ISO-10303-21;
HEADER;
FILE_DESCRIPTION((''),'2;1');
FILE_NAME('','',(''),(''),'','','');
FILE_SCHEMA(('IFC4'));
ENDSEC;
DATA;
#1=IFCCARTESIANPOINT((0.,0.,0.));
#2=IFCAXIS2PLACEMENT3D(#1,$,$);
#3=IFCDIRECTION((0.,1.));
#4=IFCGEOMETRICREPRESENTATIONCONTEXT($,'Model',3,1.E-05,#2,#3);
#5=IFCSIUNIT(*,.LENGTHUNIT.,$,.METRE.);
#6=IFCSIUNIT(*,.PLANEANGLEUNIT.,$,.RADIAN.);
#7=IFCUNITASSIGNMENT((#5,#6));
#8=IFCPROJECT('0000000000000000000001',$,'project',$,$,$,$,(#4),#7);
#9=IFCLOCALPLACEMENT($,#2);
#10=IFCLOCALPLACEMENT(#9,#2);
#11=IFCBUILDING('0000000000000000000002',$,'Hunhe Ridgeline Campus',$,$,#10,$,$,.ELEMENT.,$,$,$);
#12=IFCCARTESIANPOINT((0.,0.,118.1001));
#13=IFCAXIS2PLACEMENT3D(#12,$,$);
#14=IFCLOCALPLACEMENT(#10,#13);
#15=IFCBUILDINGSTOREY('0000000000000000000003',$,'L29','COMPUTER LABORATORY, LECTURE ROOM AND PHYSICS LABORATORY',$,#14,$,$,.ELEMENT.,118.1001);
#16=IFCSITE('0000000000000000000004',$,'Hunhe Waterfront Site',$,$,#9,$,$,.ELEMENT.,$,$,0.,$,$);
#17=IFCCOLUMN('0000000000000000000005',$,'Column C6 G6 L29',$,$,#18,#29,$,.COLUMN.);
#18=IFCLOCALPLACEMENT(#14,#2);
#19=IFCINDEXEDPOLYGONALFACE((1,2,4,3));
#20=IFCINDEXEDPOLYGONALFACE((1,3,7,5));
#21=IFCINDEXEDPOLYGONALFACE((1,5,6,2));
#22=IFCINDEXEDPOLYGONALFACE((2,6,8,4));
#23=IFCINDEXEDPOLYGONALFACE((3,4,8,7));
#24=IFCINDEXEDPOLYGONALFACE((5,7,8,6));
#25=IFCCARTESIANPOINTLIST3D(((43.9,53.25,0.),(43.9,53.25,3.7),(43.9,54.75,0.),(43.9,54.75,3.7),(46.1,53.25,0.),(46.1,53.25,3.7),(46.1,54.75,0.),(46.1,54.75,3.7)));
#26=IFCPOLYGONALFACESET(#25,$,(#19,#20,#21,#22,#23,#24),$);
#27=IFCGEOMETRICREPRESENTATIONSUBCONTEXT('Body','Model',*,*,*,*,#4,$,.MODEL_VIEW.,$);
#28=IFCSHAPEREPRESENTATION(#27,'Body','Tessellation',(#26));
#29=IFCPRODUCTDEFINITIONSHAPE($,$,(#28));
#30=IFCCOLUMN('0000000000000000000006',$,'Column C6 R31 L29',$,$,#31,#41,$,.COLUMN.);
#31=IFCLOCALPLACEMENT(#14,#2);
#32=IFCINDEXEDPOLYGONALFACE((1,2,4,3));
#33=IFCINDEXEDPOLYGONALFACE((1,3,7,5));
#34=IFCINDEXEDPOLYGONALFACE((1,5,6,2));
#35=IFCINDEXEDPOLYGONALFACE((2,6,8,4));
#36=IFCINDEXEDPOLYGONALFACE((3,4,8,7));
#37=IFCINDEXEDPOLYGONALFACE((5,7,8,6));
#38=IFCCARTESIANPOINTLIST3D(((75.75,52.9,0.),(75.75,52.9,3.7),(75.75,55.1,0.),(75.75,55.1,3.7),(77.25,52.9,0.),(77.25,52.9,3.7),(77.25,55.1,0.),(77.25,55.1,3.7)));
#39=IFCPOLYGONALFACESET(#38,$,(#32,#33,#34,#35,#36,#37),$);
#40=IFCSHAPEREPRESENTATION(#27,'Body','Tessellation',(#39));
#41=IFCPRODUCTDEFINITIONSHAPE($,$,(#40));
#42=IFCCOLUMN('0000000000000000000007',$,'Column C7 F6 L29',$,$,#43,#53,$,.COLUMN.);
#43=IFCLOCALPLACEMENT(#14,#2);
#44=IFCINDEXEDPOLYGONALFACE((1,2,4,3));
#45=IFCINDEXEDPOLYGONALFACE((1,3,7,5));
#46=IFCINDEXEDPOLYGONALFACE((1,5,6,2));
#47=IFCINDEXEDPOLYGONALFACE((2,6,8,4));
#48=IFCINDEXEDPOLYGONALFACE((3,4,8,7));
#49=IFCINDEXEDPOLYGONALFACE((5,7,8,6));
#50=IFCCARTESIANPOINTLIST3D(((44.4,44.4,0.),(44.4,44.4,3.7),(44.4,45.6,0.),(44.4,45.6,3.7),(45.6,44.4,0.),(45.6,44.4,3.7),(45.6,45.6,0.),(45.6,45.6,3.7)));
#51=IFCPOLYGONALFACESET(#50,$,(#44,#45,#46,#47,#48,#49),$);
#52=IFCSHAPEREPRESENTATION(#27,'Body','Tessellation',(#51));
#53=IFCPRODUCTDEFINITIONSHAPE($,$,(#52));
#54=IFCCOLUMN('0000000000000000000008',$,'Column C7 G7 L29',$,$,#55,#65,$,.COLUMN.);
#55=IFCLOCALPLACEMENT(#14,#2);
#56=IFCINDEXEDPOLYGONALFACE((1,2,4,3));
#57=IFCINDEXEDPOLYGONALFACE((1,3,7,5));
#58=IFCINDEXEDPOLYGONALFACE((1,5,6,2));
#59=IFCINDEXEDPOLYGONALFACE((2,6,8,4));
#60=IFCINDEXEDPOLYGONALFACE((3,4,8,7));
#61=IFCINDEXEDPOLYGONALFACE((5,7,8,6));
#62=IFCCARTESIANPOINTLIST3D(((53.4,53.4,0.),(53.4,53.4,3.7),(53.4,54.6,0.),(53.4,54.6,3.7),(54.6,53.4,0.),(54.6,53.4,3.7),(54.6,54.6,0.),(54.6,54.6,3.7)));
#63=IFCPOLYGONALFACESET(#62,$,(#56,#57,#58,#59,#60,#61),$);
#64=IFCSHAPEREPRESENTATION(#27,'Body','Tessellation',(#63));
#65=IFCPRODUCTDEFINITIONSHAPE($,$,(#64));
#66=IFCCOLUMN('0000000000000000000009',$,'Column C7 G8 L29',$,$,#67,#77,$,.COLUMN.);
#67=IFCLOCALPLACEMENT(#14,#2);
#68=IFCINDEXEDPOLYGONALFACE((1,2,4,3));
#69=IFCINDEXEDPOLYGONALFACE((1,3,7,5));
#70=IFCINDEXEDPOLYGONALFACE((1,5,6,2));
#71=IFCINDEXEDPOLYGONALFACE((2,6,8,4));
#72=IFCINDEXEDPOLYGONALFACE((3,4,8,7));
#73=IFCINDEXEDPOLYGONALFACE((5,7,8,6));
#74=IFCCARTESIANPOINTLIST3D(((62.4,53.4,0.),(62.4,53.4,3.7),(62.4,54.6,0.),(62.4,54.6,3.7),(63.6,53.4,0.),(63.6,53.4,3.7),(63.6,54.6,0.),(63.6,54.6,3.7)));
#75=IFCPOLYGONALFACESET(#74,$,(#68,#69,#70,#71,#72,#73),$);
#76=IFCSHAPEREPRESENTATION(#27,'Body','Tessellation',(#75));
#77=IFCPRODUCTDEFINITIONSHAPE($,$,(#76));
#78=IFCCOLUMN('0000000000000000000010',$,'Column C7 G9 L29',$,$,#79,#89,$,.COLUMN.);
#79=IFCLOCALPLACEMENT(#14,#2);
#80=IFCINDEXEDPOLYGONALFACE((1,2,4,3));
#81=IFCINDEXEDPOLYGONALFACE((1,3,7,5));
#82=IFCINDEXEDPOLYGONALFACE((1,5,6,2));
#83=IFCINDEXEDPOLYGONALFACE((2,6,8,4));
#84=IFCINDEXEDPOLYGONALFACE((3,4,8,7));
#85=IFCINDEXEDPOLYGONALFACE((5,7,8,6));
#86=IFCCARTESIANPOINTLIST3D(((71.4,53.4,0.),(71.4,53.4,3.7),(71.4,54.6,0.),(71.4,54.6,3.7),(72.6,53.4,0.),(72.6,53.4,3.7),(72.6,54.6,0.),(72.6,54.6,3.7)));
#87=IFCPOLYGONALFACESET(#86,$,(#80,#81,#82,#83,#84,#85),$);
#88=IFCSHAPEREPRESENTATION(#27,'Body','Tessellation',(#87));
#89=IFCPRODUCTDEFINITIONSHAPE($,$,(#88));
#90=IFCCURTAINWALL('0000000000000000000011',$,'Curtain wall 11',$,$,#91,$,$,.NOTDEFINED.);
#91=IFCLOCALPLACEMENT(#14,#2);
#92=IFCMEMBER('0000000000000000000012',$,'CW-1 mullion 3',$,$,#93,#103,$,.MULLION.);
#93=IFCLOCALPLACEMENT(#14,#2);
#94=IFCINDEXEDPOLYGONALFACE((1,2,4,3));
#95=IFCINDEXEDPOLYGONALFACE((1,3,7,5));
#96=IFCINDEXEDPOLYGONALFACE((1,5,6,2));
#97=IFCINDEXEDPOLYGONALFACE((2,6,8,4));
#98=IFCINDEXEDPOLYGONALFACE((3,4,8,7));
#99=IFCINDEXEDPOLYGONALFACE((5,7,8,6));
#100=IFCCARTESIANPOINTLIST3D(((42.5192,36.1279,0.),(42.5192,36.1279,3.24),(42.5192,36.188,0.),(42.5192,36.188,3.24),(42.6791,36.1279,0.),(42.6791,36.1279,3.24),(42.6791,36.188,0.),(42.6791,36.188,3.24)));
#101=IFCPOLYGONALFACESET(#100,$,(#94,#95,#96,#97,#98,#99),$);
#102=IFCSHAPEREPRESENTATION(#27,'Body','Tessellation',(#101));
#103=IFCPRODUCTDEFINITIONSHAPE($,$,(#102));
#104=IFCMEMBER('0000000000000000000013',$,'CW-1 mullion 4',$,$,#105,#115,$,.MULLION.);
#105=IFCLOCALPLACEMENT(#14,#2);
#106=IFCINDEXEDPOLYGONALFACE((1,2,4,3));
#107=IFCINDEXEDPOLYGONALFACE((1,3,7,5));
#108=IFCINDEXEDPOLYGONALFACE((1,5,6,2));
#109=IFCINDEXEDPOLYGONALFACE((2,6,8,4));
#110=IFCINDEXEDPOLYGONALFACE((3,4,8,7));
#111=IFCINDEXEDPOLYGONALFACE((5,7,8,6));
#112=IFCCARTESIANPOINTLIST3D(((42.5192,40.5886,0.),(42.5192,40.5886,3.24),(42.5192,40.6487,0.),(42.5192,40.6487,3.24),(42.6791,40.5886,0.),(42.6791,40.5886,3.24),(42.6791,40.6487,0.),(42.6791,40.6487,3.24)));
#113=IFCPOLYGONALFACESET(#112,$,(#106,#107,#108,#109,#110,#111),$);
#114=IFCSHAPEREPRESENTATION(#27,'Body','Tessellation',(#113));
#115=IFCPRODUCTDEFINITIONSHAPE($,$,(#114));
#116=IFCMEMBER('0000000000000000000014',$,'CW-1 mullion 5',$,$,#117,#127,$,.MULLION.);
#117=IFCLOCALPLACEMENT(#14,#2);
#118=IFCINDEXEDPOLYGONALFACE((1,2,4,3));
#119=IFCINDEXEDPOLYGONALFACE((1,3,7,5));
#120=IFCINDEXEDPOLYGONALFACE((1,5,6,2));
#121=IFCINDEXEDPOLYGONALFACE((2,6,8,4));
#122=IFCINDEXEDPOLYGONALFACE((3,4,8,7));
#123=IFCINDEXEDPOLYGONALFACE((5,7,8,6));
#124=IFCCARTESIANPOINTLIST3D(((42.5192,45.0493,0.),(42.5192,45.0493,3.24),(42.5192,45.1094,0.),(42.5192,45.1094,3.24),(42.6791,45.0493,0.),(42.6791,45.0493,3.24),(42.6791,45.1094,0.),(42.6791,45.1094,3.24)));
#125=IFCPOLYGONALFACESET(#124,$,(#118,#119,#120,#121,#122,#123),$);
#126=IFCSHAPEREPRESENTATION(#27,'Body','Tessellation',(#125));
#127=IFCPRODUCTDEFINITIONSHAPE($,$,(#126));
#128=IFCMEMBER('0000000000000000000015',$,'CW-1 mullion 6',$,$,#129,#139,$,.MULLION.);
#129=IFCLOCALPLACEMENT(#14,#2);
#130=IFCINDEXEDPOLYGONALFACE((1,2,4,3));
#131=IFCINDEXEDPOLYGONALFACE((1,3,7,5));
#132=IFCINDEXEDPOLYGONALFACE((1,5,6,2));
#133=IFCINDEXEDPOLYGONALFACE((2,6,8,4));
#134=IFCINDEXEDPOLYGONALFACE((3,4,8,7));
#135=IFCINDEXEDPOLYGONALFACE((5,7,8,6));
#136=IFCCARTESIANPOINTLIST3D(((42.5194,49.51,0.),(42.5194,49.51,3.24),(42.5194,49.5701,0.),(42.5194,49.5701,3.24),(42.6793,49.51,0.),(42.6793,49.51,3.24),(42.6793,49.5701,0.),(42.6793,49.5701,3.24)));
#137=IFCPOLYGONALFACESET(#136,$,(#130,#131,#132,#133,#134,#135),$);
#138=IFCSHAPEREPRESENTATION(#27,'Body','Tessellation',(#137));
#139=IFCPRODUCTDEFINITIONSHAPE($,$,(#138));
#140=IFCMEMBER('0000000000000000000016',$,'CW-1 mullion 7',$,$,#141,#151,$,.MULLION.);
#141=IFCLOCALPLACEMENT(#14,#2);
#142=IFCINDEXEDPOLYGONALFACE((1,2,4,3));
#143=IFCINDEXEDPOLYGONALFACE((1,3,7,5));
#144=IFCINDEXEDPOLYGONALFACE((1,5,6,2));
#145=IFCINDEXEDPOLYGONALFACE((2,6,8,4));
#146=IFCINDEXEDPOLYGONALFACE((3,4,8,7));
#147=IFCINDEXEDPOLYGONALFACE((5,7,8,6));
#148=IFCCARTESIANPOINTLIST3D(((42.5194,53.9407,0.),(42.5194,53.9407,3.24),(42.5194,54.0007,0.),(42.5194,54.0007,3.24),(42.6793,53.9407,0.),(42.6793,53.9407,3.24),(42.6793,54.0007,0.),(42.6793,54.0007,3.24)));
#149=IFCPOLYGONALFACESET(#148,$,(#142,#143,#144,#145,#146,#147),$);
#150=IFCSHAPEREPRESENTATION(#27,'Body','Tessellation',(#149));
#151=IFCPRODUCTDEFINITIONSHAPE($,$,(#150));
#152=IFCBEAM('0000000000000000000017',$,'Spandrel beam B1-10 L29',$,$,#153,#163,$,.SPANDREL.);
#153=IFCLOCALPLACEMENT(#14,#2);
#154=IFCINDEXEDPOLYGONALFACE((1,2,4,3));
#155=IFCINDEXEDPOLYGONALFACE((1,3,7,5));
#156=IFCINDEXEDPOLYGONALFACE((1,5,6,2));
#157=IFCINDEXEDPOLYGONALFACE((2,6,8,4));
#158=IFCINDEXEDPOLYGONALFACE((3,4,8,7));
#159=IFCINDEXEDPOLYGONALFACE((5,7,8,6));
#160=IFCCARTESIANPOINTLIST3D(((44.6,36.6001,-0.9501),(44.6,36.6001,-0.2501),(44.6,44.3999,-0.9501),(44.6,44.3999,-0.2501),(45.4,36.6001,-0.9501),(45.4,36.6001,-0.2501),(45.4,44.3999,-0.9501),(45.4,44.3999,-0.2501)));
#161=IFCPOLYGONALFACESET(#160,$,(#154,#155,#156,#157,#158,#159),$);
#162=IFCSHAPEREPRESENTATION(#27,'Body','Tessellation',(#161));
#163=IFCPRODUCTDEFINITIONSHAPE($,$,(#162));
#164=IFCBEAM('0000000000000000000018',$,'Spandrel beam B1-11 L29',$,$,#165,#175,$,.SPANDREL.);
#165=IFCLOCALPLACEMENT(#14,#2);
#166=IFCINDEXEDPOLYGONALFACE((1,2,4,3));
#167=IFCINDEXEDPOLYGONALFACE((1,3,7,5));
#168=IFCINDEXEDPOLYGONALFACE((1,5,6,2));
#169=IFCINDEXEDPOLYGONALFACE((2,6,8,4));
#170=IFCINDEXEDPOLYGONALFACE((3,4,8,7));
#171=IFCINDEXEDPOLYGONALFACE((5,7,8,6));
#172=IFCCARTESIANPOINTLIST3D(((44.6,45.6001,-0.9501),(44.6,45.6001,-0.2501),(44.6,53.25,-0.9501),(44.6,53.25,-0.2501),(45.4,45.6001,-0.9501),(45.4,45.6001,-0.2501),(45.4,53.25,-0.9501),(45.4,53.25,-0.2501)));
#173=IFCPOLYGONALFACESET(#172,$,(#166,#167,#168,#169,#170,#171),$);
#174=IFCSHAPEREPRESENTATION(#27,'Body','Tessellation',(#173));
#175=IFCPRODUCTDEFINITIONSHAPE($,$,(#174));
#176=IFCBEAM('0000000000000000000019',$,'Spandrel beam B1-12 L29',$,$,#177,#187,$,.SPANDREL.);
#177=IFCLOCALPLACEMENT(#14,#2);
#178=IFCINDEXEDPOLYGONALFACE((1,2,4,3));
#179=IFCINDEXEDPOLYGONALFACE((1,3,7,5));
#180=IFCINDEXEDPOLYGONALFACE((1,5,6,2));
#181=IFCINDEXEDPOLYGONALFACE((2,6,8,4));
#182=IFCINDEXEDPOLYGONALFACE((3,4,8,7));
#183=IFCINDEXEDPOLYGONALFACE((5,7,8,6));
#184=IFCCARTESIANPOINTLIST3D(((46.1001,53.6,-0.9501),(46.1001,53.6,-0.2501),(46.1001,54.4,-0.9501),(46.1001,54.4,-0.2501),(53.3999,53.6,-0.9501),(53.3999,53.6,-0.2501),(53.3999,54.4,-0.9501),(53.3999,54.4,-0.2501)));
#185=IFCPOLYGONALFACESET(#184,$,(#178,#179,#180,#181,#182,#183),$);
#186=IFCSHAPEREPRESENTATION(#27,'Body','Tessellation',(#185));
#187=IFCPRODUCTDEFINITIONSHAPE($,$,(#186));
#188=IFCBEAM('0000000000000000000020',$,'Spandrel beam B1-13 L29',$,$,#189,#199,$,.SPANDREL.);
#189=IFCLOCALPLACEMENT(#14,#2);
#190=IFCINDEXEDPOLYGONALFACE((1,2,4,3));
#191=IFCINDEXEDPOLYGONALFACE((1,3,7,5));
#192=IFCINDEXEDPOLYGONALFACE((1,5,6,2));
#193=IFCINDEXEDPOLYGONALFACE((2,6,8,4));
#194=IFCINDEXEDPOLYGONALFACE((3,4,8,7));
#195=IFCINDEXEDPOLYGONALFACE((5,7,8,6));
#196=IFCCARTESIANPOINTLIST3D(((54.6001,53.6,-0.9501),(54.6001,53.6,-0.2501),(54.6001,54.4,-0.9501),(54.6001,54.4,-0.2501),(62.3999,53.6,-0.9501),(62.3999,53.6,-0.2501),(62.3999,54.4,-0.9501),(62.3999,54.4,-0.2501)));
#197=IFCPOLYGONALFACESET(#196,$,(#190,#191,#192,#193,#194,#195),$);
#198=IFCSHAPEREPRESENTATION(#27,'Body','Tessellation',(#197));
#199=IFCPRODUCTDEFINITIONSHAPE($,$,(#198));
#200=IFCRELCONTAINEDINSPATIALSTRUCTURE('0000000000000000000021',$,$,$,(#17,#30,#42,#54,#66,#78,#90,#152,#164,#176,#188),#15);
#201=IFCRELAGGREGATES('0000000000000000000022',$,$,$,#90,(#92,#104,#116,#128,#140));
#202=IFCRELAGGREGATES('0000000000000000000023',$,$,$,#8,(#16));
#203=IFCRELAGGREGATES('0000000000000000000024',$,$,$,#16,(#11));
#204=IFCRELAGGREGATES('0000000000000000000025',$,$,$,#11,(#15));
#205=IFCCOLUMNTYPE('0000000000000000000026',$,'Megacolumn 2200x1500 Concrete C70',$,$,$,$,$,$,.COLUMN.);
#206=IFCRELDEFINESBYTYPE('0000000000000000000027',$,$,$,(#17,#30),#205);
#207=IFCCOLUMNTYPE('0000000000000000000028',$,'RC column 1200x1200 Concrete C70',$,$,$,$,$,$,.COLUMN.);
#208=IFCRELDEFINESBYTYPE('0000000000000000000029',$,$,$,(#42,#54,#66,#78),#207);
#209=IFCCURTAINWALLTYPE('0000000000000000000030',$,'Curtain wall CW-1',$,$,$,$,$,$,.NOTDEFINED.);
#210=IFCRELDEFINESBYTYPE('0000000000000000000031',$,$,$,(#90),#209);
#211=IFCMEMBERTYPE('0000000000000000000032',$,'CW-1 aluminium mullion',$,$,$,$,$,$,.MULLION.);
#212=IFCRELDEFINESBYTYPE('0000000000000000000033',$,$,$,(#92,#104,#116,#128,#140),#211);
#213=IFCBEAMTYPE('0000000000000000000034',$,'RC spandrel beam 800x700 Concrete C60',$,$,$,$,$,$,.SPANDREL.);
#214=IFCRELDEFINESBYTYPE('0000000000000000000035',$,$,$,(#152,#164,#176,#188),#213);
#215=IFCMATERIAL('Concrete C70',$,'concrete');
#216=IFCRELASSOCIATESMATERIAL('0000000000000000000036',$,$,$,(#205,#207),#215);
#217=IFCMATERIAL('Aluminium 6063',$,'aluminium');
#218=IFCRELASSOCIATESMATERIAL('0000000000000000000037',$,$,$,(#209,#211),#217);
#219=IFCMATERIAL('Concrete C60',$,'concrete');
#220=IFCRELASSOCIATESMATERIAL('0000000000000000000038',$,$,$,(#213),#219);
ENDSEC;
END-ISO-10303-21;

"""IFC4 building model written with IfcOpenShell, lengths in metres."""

from ifc_helpers import new_model, si_unit, direction, frame, origin, origin_2d, place, context, subcontext, project, spatial, rectangle, extrude, material, material_profile, profile_set, type_object, element, aggregate, save


model = new_model("IFC4")

# Units and contexts
model_context = context("Model", 3, precision=1e-05, world=origin(), true_north=direction((0.0, 1.0)))
body_context = subcontext(model_context, "Body", "Model", "MODEL_VIEW")
ifc_project = project(units=[si_unit("LENGTHUNIT", "METRE"), si_unit("PLANEANGLEUNIT", "RADIAN")], contexts=[model_context])

# Site, building, storey
site_placement = place(None, origin())
site = spatial("IfcSite", under=ifc_project, at=site_placement, Name="Hunhe Waterfront Site", CompositionType="ELEMENT", RefElevation=0.0)
building_placement = place(site_placement, origin())
building = spatial("IfcBuilding", under=site, at=building_placement, Name="Hunhe Ridgeline Campus", CompositionType="ELEMENT")
storey_placement = place(building_placement, frame((0.0, 0.0, 118.1001)))
storey = spatial("IfcBuildingStorey", under=building, at=storey_placement, Name="L29", Description="COMPUTER LABORATORY, LECTURE ROOM AND PHYSICS LABORATORY", CompositionType="ELEMENT", Elevation=118.1001)

# Columns
ifc_material_1 = material(Name="Concrete C70", Category="concrete")
ifc_material_profile_1 = material_profile(ifc_material_1, rectangle(XDim=2.2, YDim=1.5, at=origin_2d()))
ifc_profile_set_1 = profile_set([ifc_material_profile_1], Name="Concrete C70")
column_type_1 = type_object("IfcColumnType", Name="Megacolumn 2200x1500 Concrete C70", PredefinedType="COLUMN", material=ifc_profile_set_1)
for number, where, z_axis, x_axis, name in (
    (1, (45.0, 54.0, 0.0), (0.0, 0.0, 1.0), (1.0, 0.0, 0.0), "Column C6 G6 L29"),
    (2, (76.5, 54.0, 0.0), (0.0, 0.0, 1.0), (0.0, 1.0, 0.0), "Column C6 R31 L29"),
):
    element("IfcColumn", number, at=place(storey_placement, frame(where, z_axis=z_axis, x_axis=x_axis)), inside=storey, type_object=column_type_1, Name=name, PredefinedType="COLUMN", context=body_context, shape_type="SweptSolid", body=[
        extrude(rectangle(XDim=2.2, YDim=1.5, at=origin_2d()), origin(), (0.0, 0.0, 1.0), 3.7),
    ])
ifc_material_profile_2 = material_profile(ifc_material_1, rectangle(XDim=1.2, YDim=1.2, at=origin_2d()))
ifc_profile_set_2 = profile_set([ifc_material_profile_2], Name="Concrete C70")
column_type_2 = type_object("IfcColumnType", Name="RC column 1200x1200 Concrete C70", PredefinedType="COLUMN", material=ifc_profile_set_2)
for number, where, z_axis, x_axis, name in (
    (3, (45.0, 45.0, 0.0), (0.0, 0.0, 1.0), (1.0, 0.0, 0.0), "Column C7 F6 L29"),
    (4, (54.0, 54.0, 0.0), (0.0, 0.0, 1.0), (1.0, 0.0, 0.0), "Column C7 G7 L29"),
    (5, (63.0, 54.0, 0.0), (0.0, 0.0, 1.0), (1.0, 0.0, 0.0), "Column C7 G8 L29"),
    (6, (72.0, 54.0, 0.0), (0.0, 0.0, 1.0), (1.0, 0.0, 0.0), "Column C7 G9 L29"),
):
    element("IfcColumn", number, at=place(storey_placement, frame(where, z_axis=z_axis, x_axis=x_axis)), inside=storey, type_object=column_type_2, Name=name, PredefinedType="COLUMN", context=body_context, shape_type="SweptSolid", body=[
        extrude(rectangle(XDim=1.2, YDim=1.2, at=origin_2d()), origin(), (0.0, 0.0, 1.0), 3.7),
    ])

# Curtain wall, members
ifc_material_2 = material(Name="Aluminium 6063", Category="aluminium")
curtain_wall_type = type_object("IfcCurtainWallType", Name="Curtain wall CW-1", PredefinedType="NOTDEFINED", material=ifc_material_2)
curtain_wall_placement = place(storey_placement, origin())
curtain_wall = element("IfcCurtainWall", 7, at=curtain_wall_placement, inside=storey, type_object=curtain_wall_type, Name="Curtain wall 11", PredefinedType="NOTDEFINED")
ifc_material_profile_3 = material_profile(ifc_material_2, rectangle(XDim=0.1599, YDim=0.0601, at=origin_2d()))
ifc_profile_set_3 = profile_set([ifc_material_profile_3], Name="Aluminium 6063")
member_type = type_object("IfcMemberType", Name="CW-1 aluminium mullion", PredefinedType="MULLION", material=ifc_profile_set_3)
member_1_placement = place(storey_placement, frame((42.5991, 36.158, 0.0), z_axis=(0.0, 0.0, 1.0), x_axis=(-1.0, 0.000011, 0.0)))
member_1 = element("IfcMember", 8, at=member_1_placement, type_object=member_type, Name="CW-1 mullion 3", PredefinedType="MULLION", context=body_context, shape_type="SweptSolid", body=[
    extrude(rectangle(XDim=0.1599, YDim=0.0601, at=origin_2d()), origin(), (0.0, 0.0, 1.0), 3.24),
])
member_2_placement = place(storey_placement, frame((42.5991, 40.6187, 0.0), z_axis=(0.0, 0.0, 1.0), x_axis=(-1.0, 0.000011, 0.0)))
member_2 = element("IfcMember", 9, at=member_2_placement, type_object=member_type, Name="CW-1 mullion 4", PredefinedType="MULLION", context=body_context, shape_type="SweptSolid", body=[
    extrude(rectangle(XDim=0.1599, YDim=0.0601, at=origin_2d()), origin(), (0.0, 0.0, 1.0), 3.24),
])
member_3_placement = place(storey_placement, frame((42.5991, 45.0793, 0.0), z_axis=(0.0, 0.0, 1.0), x_axis=(-1.0, 0.000011, 0.0)))
member_3 = element("IfcMember", 10, at=member_3_placement, type_object=member_type, Name="CW-1 mullion 5", PredefinedType="MULLION", context=body_context, shape_type="SweptSolid", body=[
    extrude(rectangle(XDim=0.1599, YDim=0.0601, at=origin_2d()), origin(), (0.0, 0.0, 1.0), 3.24),
])
member_4_placement = place(storey_placement, frame((42.5994, 49.54, 0.0), z_axis=(0.0, 0.0, 1.0), x_axis=(-1.0, 0.000011, 0.0)))
member_4 = element("IfcMember", 11, at=member_4_placement, type_object=member_type, Name="CW-1 mullion 6", PredefinedType="MULLION", context=body_context, shape_type="SweptSolid", body=[
    extrude(rectangle(XDim=0.1599, YDim=0.0601, at=origin_2d()), origin(), (0.0, 0.0, 1.0), 3.24),
])
member_5_placement = place(storey_placement, frame((42.5994, 53.9707, 0.0), z_axis=(0.0, 0.0, 1.0), x_axis=(-1.0, 0.000011, 0.0)))
member_5 = element("IfcMember", 12, at=member_5_placement, type_object=member_type, Name="CW-1 mullion 7", PredefinedType="MULLION", context=body_context, shape_type="SweptSolid", body=[
    extrude(rectangle(XDim=0.1599, YDim=0.0601, at=origin_2d()), origin(), (0.0, 0.0, 1.0), 3.24),
])

# Beams
ifc_material_3 = material(Name="Concrete C60", Category="concrete")
ifc_material_profile_4 = material_profile(ifc_material_3, rectangle(XDim=0.8, YDim=0.7, at=origin_2d()))
ifc_profile_set_4 = profile_set([ifc_material_profile_4], Name="Concrete C60")
beam_type = type_object("IfcBeamType", Name="RC spandrel beam 800x700 Concrete C60", PredefinedType="SPANDREL", material=ifc_profile_set_4)
beam_1_placement = place(storey_placement, frame((45.0, 36.6001, -0.6001), z_axis=(0.0, 1.0, 0.0), x_axis=(-1.0, 0.0, 0.0)))
element("IfcBeam", 13, at=beam_1_placement, inside=storey, type_object=beam_type, Name="Spandrel beam B1-10 L29", PredefinedType="SPANDREL", context=body_context, shape_type="SweptSolid", body=[
    extrude(rectangle(XDim=0.8, YDim=0.7, at=origin_2d()), origin(), (0.0, 0.0, 1.0), 7.7998),
])
beam_2_placement = place(storey_placement, frame((45.0, 45.6001, -0.6001), z_axis=(0.0, 1.0, 0.0), x_axis=(-1.0, 0.0, 0.0)))
element("IfcBeam", 14, at=beam_2_placement, inside=storey, type_object=beam_type, Name="Spandrel beam B1-11 L29", PredefinedType="SPANDREL", context=body_context, shape_type="SweptSolid", body=[
    extrude(rectangle(XDim=0.8, YDim=0.7, at=origin_2d()), origin(), (0.0, 0.0, 1.0), 7.6499),
])
beam_3_placement = place(storey_placement, frame((46.1001, 54.0, -0.6001), z_axis=(1.0, 0.0, 0.0), x_axis=(0.0, 1.0, 0.0)))
element("IfcBeam", 15, at=beam_3_placement, inside=storey, type_object=beam_type, Name="Spandrel beam B1-12 L29", PredefinedType="SPANDREL", context=body_context, shape_type="SweptSolid", body=[
    extrude(rectangle(XDim=0.8, YDim=0.7, at=origin_2d()), origin(), (0.0, 0.0, 1.0), 7.2998),
])
for number, where, z_axis, x_axis, name in (
    (16, (54.6001, 54.0, -0.6001), (1.0, 0.0, 0.0), (0.0, 1.0, 0.0), "Spandrel beam B1-13 L29"),
):
    element("IfcBeam", number, at=place(storey_placement, frame(where, z_axis=z_axis, x_axis=x_axis)), inside=storey, type_object=beam_type, Name=name, PredefinedType="SPANDREL", context=body_context, shape_type="SweptSolid", body=[
        extrude(rectangle(XDim=0.8, YDim=0.7, at=origin_2d()), origin(), (0.0, 0.0, 1.0), 7.7998),
    ])

aggregate(curtain_wall, [member_1, member_2, member_3, member_4, member_5])

save(model, "model.ifc")
